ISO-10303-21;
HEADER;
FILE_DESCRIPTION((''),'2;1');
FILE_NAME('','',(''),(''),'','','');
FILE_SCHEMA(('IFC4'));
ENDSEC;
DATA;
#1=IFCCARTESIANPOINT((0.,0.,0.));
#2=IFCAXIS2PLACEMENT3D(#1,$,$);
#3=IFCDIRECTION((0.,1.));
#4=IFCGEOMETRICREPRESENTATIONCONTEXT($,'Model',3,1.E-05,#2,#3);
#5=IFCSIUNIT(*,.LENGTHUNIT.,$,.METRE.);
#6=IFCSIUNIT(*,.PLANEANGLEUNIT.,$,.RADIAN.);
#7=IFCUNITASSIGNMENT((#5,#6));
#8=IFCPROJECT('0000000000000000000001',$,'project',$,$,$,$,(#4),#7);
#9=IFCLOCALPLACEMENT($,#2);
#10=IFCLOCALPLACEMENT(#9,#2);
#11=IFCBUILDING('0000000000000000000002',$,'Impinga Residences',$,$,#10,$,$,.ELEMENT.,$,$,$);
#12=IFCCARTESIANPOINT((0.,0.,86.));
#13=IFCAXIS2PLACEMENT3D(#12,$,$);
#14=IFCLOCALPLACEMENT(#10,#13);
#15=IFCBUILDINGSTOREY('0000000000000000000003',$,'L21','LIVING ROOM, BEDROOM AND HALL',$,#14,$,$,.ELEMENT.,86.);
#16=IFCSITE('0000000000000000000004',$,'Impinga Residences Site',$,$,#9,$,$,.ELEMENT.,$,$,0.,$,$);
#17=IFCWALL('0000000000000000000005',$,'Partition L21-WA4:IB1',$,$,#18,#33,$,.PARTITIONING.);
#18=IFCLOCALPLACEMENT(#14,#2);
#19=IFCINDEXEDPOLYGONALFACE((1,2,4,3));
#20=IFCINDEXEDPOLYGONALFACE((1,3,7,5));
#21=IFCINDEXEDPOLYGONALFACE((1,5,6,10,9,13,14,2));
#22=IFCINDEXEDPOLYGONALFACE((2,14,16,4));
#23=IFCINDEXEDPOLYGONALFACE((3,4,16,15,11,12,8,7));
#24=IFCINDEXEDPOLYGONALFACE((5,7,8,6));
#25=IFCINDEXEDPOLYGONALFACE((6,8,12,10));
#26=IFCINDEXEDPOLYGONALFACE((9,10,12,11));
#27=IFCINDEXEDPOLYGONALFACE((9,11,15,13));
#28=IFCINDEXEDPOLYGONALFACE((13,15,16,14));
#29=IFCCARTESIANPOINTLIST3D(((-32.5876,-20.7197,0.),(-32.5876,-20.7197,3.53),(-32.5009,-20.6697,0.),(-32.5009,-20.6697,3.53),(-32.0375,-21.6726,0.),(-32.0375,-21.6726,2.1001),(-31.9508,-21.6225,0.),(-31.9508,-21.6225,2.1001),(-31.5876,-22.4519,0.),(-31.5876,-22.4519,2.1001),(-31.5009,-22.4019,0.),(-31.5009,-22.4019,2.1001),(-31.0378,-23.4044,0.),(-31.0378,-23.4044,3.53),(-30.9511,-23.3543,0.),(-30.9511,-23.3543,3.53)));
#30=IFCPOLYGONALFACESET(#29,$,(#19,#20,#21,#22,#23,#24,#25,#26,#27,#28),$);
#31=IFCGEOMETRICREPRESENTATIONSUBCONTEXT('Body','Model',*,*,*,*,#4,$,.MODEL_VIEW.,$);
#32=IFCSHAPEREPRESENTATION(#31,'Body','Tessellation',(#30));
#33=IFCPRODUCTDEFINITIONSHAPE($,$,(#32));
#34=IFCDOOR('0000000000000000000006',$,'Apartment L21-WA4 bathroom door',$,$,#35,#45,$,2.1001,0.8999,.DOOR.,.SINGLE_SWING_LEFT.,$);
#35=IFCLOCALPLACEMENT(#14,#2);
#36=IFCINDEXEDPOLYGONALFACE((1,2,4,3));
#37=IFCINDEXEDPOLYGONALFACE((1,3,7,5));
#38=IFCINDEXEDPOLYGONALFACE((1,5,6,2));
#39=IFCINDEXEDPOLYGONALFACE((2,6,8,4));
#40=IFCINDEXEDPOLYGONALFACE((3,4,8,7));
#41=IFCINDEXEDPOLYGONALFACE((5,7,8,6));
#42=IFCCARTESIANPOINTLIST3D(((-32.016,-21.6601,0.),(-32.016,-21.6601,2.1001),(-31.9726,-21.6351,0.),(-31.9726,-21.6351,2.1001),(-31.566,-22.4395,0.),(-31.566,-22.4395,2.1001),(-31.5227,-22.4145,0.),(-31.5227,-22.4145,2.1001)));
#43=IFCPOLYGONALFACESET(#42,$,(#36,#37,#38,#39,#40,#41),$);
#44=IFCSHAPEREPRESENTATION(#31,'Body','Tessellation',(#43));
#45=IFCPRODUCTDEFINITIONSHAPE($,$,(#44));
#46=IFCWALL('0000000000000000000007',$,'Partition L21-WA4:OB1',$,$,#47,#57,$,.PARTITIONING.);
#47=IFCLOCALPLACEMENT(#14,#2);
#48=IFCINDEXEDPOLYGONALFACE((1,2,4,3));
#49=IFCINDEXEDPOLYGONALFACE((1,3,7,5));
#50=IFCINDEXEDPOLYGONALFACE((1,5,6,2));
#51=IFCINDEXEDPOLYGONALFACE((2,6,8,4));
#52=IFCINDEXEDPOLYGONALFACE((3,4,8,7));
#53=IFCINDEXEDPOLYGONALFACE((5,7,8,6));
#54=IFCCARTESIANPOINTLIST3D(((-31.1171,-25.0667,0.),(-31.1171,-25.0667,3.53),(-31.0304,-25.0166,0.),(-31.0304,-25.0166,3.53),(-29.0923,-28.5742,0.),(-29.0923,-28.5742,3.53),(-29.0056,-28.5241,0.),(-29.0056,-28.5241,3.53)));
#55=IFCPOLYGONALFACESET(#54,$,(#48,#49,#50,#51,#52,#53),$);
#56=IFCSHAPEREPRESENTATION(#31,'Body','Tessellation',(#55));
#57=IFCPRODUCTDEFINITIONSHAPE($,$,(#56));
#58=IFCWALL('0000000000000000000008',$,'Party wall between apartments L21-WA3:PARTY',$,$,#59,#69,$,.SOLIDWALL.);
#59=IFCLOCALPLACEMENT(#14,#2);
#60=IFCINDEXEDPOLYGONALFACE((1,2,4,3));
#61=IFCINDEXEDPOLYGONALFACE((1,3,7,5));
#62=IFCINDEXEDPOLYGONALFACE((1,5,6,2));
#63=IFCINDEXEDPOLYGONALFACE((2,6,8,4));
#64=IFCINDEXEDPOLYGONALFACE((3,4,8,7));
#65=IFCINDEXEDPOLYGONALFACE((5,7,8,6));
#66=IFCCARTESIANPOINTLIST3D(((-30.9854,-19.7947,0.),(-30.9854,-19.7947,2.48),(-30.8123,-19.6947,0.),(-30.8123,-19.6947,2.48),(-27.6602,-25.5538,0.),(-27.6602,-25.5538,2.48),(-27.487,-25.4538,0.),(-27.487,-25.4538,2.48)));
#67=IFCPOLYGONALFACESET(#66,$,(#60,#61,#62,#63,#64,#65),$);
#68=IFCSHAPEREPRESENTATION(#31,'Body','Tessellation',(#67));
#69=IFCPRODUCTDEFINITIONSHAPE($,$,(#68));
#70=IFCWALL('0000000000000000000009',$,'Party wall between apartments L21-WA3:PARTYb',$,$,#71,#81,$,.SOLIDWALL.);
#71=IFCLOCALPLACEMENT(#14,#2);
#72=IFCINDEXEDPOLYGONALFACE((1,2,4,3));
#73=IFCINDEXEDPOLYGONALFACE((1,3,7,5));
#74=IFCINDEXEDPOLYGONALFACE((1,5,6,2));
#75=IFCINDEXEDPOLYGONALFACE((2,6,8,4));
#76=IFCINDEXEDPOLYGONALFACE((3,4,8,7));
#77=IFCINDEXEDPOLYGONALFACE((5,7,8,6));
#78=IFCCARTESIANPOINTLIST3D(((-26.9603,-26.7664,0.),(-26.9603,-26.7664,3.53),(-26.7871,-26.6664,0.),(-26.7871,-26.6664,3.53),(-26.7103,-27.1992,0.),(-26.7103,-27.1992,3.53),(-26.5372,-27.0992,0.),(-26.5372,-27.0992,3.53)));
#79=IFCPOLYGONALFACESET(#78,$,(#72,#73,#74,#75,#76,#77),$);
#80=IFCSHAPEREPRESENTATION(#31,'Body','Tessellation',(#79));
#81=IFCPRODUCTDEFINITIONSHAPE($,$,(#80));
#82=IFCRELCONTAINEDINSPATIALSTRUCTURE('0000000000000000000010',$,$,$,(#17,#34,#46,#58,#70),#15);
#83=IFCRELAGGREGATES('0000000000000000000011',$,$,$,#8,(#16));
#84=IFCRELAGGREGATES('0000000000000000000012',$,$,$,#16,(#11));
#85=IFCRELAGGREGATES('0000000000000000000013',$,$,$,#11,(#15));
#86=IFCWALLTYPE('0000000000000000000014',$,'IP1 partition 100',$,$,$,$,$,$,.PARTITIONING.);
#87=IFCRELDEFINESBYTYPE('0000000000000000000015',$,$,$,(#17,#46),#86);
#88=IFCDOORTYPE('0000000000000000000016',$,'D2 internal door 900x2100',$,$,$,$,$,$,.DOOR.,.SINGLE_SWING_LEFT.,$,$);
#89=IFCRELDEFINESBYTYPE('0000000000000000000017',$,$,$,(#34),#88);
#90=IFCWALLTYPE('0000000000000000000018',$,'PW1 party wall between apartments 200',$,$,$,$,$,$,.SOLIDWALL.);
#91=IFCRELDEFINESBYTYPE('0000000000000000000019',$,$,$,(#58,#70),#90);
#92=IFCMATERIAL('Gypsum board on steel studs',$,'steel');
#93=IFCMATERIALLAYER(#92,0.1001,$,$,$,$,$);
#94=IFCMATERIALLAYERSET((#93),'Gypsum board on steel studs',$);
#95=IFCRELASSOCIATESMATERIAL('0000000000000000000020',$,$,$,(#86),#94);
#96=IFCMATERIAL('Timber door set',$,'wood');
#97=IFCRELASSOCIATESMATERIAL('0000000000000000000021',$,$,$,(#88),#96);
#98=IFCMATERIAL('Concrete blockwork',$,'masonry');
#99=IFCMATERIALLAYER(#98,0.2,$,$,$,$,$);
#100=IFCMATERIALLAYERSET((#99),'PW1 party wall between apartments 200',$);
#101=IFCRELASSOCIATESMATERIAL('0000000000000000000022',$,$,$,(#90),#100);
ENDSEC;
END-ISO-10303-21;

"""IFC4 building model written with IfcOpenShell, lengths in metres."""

from ifc_helpers import new_model, si_unit, direction, frame, frame_2d, origin, place, context, subcontext, project, spatial, rectangle, extrude, material, layer, layer_set, type_object, element, fill, save


model = new_model("IFC4")

# Units and contexts
model_context = context("Model", 3, precision=1e-05, world=origin(), true_north=direction((0.0, 1.0)))
body_context = subcontext(model_context, "Body", "Model", "MODEL_VIEW")
ifc_project = project(units=[si_unit("LENGTHUNIT", "METRE"), si_unit("PLANEANGLEUNIT", "RADIAN")], contexts=[model_context])

# Site, building, storey
site_placement = place(None, origin())
site = spatial("IfcSite", under=ifc_project, at=site_placement, Name="Impinga Residences Site", CompositionType="ELEMENT", RefElevation=0.0)
building_placement = place(site_placement, origin())
building = spatial("IfcBuilding", under=site, at=building_placement, Name="Impinga Residences", CompositionType="ELEMENT")
storey_placement = place(building_placement, frame((0.0, 0.0, 86.0)))
storey = spatial("IfcBuildingStorey", under=building, at=storey_placement, Name="L21", Description="LIVING ROOM, BEDROOM AND HALL", CompositionType="ELEMENT", Elevation=86.0)

# Shared definitions
ifc_material_1 = material(Name="Gypsum board on steel studs", Category="steel")
ifc_layer_1 = layer(ifc_material_1, 0.1001)
ifc_layer_set_1 = layer_set([ifc_layer_1], Name="Gypsum board on steel studs")
wall_type_1 = type_object("IfcWallType", Name="IP1 partition 100", PredefinedType="PARTITIONING", material=ifc_layer_set_1)

# Shared definitions
ifc_material_2 = material(Name="Timber door set", Category="wood")
door_type = type_object("IfcDoorType", Name="D2 internal door 900x2100", OperationType="SINGLE_SWING_LEFT", PredefinedType="DOOR", material=ifc_material_2)

# Wall, opening, door
wall_1_placement = place(storey_placement, frame((-32.5442, -20.6948, 0.0), z_axis=(0.0, 0.0, 1.0), x_axis=(0.499968, -0.866044, 0.0)))
wall_1 = element("IfcWall", 1, at=wall_1_placement, inside=storey, type_object=wall_type_1, Name="Partition L21-WA4:IB1", PredefinedType="PARTITIONING", context=body_context, shape_type="SweptSolid", body=[
    extrude(rectangle(XDim=3.0999, YDim=0.1001, at=frame_2d((1.5498, 0.0))), origin(), (0.0, 0.0, 1.0), 3.53),
])
opening_1_placement = place(wall_1_placement, frame((1.1001, 0.0, 0.0)))
opening_1 = element("IfcOpeningElement", 2, at=opening_1_placement, cuts=wall_1, PredefinedType="OPENING", context=body_context, shape_type="SweptSolid", body=[
    extrude(rectangle(XDim=0.8999, YDim=2.1001, at=frame_2d((0.45, 1.05))), frame((0.0, 0.0601, 0.0), z_axis=(0.0, -1.0, 0.0), x_axis=(1.0, 0.0, 0.0)), (0.0, 0.0, 1.0), 0.1201),
])
door_1_placement = place(opening_1_placement, origin())
door_1 = element("IfcDoor", 3, at=door_1_placement, inside=storey, type_object=door_type, Name="Apartment L21-WA4 bathroom door", OperationType="SINGLE_SWING_LEFT", OverallHeight=2.1001, OverallWidth=0.8999, PredefinedType="DOOR", context=body_context, shape_type="SweptSolid", body=[
    extrude(rectangle(XDim=0.8999, YDim=2.1001, at=frame_2d((0.45, 1.05))), frame((0.0, 0.0249, 0.0), z_axis=(0.0, -1.0, 0.0), x_axis=(1.0, 0.0, 0.0)), (0.0, 0.0, 1.0), 0.05),
])
fill(opening_1, door_1)

# Walls
wall_2_placement = place(storey_placement, frame((-31.0737, -25.0417, 0.0), z_axis=(0.0, 0.0, 1.0), x_axis=(0.499964, -0.866046, 0.0)))
element("IfcWall", 4, at=wall_2_placement, inside=storey, type_object=wall_type_1, Name="Partition L21-WA4:OB1", PredefinedType="PARTITIONING", context=body_context, shape_type="SweptSolid", body=[
    extrude(rectangle(XDim=4.05, YDim=0.1001, at=frame_2d((2.0249, 0.0))), origin(), (0.0, 0.0, 1.0), 3.53),
])
ifc_material_3 = material(Name="Concrete blockwork", Category="masonry")
ifc_layer_2 = layer(ifc_material_3, 0.2)
ifc_layer_set_2 = layer_set([ifc_layer_2], Name="PW1 party wall between apartments 200")
wall_type_2 = type_object("IfcWallType", Name="PW1 party wall between apartments 200", PredefinedType="SOLIDWALL", material=ifc_layer_set_2)
wall_3_placement = place(storey_placement, frame((-30.8989, -19.7446, 0.0), z_axis=(0.0, 0.0, 1.0), x_axis=(0.500024, -0.866011, 0.0)))
element("IfcWall", 5, at=wall_3_placement, inside=storey, type_object=wall_type_2, Name="Party wall between apartments L21-WA3:PARTY", PredefinedType="SOLIDWALL", context=body_context, shape_type="SweptSolid", body=[
    extrude(rectangle(XDim=6.6501, YDim=0.2, at=frame_2d((3.3252, 0.0))), origin(), (0.0, 0.0, 1.0), 2.48),
])
wall_4_placement = place(storey_placement, frame((-26.8738, -26.7163, 0.0), z_axis=(0.0, 0.0, 1.0), x_axis=(0.500131, -0.86595, 0.0)))
element("IfcWall", 6, at=wall_4_placement, inside=storey, type_object=wall_type_2, Name="Party wall between apartments L21-WA3:PARTYb", PredefinedType="SOLIDWALL", context=body_context, shape_type="SweptSolid", body=[
    extrude(rectangle(XDim=0.4998, YDim=0.2, at=frame_2d((0.25, 0.0))), origin(), (0.0, 0.0, 1.0), 3.53),
])

save(model, "model.ifc")
